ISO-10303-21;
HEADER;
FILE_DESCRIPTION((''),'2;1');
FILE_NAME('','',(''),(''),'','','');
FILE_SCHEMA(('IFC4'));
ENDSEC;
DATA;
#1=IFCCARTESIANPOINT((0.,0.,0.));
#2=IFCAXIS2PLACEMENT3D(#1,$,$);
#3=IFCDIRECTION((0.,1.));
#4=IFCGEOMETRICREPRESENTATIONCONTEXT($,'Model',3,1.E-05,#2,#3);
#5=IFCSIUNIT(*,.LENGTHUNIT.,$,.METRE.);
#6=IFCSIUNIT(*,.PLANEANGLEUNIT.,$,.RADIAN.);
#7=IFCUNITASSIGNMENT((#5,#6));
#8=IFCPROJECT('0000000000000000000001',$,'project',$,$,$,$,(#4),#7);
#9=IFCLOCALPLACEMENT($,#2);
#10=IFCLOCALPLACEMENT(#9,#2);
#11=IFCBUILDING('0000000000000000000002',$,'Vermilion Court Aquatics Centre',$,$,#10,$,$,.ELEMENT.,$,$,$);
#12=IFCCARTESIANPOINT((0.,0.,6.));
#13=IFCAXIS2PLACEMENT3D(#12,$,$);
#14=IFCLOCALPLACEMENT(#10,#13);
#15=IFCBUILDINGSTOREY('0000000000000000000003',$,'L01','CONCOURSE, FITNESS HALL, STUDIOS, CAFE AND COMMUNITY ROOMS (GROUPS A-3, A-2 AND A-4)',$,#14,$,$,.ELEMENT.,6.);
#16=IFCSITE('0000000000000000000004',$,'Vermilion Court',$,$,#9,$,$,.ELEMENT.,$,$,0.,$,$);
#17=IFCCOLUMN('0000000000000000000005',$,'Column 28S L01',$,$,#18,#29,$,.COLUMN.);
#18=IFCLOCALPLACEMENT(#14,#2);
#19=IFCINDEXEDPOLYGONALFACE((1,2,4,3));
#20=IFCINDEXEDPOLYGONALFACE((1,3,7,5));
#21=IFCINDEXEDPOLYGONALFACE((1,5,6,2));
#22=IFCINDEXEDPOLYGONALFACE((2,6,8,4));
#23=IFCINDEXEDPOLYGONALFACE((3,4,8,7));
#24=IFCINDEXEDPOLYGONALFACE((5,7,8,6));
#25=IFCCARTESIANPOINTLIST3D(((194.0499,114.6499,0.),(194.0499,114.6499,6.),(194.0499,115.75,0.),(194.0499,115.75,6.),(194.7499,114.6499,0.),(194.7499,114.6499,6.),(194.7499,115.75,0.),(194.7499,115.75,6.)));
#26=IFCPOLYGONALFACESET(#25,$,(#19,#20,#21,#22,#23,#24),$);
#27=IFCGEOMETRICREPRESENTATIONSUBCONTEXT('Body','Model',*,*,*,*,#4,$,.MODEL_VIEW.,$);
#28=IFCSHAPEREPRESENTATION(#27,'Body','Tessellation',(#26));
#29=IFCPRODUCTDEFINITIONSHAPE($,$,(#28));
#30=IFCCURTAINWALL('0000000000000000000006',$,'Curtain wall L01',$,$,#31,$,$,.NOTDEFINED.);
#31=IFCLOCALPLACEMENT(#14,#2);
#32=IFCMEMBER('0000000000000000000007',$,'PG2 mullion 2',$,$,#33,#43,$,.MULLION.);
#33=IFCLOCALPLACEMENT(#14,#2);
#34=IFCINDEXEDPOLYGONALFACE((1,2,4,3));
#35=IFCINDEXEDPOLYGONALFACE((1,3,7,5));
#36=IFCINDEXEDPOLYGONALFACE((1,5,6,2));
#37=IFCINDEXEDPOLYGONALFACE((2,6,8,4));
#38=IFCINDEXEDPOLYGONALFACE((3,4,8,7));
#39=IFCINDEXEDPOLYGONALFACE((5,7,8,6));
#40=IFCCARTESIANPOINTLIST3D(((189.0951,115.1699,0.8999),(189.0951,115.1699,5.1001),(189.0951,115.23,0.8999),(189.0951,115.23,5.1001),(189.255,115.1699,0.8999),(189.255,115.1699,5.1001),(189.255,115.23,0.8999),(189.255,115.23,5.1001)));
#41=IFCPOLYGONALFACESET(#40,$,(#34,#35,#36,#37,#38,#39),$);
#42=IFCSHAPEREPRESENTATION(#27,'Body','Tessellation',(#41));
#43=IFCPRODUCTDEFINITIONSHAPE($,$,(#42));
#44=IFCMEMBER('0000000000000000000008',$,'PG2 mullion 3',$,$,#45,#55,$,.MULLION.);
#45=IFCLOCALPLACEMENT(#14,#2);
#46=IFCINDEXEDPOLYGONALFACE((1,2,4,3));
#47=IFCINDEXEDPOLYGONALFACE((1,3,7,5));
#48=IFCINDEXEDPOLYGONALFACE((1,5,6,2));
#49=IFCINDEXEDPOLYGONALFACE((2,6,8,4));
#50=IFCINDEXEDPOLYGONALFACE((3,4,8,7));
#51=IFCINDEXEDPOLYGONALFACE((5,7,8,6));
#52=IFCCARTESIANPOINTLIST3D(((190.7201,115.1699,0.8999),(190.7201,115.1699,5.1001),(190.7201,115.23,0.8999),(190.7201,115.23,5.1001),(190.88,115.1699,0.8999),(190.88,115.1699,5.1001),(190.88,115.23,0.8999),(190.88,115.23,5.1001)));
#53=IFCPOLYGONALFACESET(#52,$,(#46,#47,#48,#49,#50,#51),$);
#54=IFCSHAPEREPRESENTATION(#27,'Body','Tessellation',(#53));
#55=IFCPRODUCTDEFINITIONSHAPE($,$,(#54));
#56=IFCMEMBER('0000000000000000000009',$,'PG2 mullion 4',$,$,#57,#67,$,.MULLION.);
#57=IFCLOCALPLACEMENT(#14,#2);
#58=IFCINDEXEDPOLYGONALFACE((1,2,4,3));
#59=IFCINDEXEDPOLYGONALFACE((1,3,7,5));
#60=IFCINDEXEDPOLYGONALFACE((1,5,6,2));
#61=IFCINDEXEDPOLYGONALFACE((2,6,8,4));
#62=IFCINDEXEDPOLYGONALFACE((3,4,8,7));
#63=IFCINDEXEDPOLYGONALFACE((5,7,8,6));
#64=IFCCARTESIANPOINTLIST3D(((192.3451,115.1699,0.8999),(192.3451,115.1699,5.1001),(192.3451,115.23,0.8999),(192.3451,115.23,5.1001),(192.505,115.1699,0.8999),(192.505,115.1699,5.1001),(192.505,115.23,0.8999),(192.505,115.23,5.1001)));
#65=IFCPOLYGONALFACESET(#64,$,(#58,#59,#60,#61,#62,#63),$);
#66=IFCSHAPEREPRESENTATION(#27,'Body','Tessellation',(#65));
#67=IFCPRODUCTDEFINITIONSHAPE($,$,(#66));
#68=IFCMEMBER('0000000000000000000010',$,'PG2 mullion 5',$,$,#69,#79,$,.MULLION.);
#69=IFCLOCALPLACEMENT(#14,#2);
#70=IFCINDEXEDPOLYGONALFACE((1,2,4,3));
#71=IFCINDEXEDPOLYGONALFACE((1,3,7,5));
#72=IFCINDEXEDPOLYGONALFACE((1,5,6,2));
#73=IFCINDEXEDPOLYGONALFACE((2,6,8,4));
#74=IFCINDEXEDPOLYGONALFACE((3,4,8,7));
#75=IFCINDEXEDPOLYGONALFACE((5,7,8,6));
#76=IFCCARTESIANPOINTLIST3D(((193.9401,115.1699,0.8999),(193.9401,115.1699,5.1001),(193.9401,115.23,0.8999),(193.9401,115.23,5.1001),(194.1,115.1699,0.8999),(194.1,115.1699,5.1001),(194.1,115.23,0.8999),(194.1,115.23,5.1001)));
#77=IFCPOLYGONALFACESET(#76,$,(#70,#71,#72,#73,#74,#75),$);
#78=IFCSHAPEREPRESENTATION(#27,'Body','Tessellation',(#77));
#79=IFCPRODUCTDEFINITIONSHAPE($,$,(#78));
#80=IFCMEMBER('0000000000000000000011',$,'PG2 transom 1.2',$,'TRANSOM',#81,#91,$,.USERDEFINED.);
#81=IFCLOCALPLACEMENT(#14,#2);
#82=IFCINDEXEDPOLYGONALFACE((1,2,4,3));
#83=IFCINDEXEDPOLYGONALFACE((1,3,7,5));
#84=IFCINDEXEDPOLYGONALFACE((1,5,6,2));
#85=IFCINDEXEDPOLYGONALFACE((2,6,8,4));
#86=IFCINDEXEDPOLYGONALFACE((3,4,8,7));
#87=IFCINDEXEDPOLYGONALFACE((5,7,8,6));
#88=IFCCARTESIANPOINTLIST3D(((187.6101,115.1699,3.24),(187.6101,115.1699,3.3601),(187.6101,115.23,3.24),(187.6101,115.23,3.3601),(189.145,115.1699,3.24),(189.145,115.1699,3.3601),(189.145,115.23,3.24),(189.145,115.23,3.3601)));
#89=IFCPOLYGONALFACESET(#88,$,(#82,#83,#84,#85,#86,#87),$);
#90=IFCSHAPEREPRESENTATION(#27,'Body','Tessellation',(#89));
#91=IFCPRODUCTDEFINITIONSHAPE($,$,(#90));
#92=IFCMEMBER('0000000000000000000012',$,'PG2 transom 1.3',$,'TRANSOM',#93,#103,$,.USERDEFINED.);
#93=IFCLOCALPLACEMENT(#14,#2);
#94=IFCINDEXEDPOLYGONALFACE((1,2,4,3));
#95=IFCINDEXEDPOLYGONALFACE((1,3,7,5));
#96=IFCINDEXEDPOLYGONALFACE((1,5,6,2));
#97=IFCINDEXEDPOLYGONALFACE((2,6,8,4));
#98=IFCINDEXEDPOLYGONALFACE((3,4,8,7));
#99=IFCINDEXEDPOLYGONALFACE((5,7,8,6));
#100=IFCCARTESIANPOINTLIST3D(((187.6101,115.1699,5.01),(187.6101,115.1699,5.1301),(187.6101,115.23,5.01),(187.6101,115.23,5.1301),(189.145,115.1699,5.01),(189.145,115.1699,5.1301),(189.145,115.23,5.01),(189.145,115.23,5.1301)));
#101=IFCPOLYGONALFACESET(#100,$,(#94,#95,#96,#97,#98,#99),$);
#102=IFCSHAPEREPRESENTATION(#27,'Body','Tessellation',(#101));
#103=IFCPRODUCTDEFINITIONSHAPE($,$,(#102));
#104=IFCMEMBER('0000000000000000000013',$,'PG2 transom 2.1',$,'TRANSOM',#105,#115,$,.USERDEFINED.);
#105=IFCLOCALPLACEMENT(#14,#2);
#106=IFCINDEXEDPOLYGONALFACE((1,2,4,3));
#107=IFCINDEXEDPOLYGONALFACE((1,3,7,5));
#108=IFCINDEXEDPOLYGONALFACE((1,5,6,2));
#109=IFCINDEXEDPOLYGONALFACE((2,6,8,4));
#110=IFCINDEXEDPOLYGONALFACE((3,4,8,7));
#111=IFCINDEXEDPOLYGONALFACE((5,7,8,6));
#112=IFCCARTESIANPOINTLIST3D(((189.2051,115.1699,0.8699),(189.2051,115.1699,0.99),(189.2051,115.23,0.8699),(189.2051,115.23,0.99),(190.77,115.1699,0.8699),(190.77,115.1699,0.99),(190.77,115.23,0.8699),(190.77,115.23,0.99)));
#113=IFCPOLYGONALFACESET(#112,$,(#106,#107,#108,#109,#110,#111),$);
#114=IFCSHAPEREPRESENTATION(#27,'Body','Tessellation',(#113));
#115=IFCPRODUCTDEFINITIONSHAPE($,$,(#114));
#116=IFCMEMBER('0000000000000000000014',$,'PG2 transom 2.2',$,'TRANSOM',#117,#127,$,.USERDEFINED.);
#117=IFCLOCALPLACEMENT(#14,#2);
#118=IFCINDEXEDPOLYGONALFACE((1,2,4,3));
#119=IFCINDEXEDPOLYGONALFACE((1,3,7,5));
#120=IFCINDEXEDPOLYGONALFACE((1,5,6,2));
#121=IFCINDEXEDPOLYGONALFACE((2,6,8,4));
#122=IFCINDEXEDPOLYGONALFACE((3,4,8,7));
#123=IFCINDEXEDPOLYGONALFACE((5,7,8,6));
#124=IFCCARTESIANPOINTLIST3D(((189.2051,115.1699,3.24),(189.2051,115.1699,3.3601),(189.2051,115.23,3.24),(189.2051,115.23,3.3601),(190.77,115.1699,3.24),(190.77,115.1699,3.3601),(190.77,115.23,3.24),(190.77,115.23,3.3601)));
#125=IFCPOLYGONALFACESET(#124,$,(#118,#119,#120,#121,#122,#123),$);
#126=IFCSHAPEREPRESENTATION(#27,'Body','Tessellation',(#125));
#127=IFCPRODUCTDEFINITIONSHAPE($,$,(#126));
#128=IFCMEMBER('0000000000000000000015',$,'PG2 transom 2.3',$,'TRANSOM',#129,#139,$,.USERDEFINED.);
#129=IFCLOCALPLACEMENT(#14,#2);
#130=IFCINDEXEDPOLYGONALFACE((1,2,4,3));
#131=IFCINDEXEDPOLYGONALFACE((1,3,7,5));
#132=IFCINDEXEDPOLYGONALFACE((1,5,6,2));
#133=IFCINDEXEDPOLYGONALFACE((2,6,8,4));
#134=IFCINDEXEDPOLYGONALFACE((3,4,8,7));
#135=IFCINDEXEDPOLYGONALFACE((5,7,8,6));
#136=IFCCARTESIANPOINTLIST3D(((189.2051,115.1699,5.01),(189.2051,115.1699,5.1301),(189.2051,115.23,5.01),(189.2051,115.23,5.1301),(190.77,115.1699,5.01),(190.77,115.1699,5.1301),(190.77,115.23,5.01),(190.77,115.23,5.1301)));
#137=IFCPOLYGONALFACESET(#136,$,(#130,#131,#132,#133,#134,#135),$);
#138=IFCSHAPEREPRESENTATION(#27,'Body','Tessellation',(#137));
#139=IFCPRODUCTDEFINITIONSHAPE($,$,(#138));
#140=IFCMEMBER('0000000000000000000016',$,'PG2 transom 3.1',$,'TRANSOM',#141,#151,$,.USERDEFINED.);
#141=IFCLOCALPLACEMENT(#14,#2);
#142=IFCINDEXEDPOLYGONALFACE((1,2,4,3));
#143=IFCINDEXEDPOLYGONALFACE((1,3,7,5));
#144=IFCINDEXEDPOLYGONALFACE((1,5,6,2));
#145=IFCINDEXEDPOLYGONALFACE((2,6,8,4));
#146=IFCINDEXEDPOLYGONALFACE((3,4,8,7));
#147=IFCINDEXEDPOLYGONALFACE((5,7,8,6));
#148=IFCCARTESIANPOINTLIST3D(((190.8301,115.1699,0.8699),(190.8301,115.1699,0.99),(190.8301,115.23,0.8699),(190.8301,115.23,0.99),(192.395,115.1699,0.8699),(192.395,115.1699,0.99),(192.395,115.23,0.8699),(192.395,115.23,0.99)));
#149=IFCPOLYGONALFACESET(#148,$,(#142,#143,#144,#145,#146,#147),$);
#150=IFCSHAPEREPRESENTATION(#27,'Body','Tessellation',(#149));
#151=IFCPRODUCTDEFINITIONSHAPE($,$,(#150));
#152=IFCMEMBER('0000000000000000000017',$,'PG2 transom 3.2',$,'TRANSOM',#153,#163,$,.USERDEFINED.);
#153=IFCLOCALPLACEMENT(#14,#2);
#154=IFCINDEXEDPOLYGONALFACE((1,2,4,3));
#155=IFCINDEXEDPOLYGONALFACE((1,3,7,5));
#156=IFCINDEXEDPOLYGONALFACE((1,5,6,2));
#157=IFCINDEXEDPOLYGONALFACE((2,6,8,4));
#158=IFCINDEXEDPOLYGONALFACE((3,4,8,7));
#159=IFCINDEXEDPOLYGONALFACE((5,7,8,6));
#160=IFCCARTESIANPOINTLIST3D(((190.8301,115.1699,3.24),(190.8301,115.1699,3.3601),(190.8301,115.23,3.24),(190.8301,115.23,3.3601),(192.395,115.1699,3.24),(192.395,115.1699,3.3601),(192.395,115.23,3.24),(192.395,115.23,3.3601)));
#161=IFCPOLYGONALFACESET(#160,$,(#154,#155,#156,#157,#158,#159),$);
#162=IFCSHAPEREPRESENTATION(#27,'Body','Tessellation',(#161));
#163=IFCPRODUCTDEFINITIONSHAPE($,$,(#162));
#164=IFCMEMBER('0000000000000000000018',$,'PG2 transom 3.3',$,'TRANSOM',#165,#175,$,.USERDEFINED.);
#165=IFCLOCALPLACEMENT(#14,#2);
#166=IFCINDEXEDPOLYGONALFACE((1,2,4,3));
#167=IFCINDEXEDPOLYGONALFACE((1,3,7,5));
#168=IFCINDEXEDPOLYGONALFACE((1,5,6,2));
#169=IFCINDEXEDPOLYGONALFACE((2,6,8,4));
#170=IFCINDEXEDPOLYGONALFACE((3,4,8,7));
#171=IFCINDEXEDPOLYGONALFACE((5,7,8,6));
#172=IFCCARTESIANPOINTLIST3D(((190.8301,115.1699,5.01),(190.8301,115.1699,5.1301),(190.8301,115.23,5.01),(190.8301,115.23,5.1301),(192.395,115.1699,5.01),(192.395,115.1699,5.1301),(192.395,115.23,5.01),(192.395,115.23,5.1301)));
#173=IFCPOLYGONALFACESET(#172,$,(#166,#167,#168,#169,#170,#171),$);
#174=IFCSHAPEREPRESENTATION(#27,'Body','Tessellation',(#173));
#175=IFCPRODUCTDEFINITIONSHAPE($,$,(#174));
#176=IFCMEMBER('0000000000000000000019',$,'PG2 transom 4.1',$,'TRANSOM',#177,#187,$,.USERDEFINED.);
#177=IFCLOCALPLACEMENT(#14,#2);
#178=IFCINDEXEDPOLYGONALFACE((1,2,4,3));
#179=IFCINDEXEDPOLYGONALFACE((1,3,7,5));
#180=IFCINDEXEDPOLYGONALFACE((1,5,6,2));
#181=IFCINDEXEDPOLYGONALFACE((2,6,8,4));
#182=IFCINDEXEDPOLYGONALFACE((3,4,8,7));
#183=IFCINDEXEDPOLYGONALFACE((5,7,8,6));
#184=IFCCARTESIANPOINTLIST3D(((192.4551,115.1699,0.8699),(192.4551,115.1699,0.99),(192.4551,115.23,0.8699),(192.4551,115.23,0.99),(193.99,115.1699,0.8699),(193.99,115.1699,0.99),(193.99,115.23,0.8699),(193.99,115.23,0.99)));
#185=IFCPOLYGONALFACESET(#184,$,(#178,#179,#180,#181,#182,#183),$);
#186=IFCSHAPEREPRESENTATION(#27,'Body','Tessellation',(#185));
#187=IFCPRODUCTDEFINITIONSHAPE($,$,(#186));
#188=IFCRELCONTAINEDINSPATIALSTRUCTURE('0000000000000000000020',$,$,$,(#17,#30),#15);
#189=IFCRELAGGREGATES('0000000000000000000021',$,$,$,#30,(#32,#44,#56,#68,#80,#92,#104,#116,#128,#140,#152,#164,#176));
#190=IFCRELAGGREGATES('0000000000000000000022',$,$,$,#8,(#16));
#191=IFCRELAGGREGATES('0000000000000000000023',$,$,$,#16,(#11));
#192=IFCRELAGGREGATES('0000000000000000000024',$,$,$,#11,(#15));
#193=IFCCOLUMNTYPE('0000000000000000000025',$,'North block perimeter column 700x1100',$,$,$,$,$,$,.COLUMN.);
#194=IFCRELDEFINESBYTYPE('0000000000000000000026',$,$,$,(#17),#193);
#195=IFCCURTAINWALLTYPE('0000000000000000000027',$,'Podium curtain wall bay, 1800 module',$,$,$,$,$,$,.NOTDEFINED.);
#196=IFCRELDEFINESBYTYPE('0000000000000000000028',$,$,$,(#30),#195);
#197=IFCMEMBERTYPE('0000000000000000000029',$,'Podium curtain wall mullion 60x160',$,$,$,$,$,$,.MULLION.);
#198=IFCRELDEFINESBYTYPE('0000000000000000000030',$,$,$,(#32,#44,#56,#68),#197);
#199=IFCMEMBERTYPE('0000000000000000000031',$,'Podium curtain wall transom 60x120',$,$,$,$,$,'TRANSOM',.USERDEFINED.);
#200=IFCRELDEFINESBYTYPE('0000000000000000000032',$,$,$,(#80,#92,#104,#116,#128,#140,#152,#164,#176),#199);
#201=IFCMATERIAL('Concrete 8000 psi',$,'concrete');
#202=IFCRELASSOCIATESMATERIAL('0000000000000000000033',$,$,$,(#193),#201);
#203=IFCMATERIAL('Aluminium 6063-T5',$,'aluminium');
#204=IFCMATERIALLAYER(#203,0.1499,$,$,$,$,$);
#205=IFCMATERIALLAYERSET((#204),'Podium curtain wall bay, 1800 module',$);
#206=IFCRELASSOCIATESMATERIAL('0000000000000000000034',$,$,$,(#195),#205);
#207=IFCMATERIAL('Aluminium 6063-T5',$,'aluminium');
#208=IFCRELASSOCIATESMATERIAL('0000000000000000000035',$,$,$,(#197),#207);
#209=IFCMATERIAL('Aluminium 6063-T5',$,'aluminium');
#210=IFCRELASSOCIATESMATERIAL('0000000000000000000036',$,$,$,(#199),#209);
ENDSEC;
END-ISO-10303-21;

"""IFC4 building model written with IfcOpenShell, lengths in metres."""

from ifc_helpers import new_model, si_unit, direction, frame, origin, origin_2d, place, context, subcontext, project, spatial, rectangle, extrude, material, layer, layer_set, material_profile, profile_set, type_object, element, aggregate, save


model = new_model("IFC4")

# Units and contexts
model_context = context("Model", 3, precision=1e-05, world=origin(), true_north=direction((0.0, 1.0)))
body_context = subcontext(model_context, "Body", "Model", "MODEL_VIEW")
ifc_project = project(units=[si_unit("LENGTHUNIT", "METRE"), si_unit("PLANEANGLEUNIT", "RADIAN")], contexts=[model_context])

# Site, building, storey
site_placement = place(None, origin())
site = spatial("IfcSite", under=ifc_project, at=site_placement, Name="Vermilion Court", CompositionType="ELEMENT", RefElevation=0.0)
building_placement = place(site_placement, origin())
building = spatial("IfcBuilding", under=site, at=building_placement, Name="Vermilion Court Aquatics Centre", CompositionType="ELEMENT")
storey_placement = place(building_placement, frame((0.0, 0.0, 6.0)))
storey = spatial("IfcBuildingStorey", under=building, at=storey_placement, Name="L01", Description="CONCOURSE, FITNESS HALL, STUDIOS, CAFE AND COMMUNITY ROOMS (GROUPS A-3, A-2 AND A-4)", CompositionType="ELEMENT", Elevation=6.0)

# Column
ifc_material_1 = material(Name="Concrete 8000 psi", Category="concrete")
ifc_material_profile_1 = material_profile(ifc_material_1, rectangle(XDim=0.7, YDim=1.1001, at=origin_2d()), Name="RC 700x1100")
ifc_profile_set_1 = profile_set([ifc_material_profile_1], Name="Concrete 8000 psi")
column_type = type_object("IfcColumnType", Name="North block perimeter column 700x1100", PredefinedType="COLUMN", material=ifc_profile_set_1)
column_placement = place(storey_placement, frame((194.3999, 115.2, 0.0), z_axis=(0.0, 0.0, 1.0), x_axis=(1.0, 0.0, 0.0)))
element("IfcColumn", 1, at=column_placement, inside=storey, type_object=column_type, Name="Column 28S L01", PredefinedType="COLUMN", context=body_context, shape_type="SweptSolid", body=[
    extrude(rectangle(XDim=0.7, YDim=1.1001, at=origin_2d()), origin(), (0.0, 0.0, 1.0), 6.0),
])

# Curtain wall, members
ifc_material_2 = material(Name="Aluminium 6063-T5", Category="aluminium")
ifc_layer_1 = layer(ifc_material_2, 0.1499)
ifc_layer_set_1 = layer_set([ifc_layer_1], Name="Podium curtain wall bay, 1800 module")
curtain_wall_type = type_object("IfcCurtainWallType", Name="Podium curtain wall bay, 1800 module", PredefinedType="NOTDEFINED", material=ifc_layer_set_1)
curtain_wall_placement = place(storey_placement, origin())
curtain_wall = element("IfcCurtainWall", 2, at=curtain_wall_placement, inside=storey, type_object=curtain_wall_type, Name="Curtain wall L01", PredefinedType="NOTDEFINED")
ifc_material_3 = material(Name="Aluminium 6063-T5", Category="aluminium")
ifc_material_profile_2 = material_profile(ifc_material_3, rectangle(XDim=0.0601, YDim=0.1599, at=origin_2d()), Name="Mullion 60x160")
ifc_profile_set_2 = profile_set([ifc_material_profile_2], Name="Aluminium 6063-T5")
member_type_1 = type_object("IfcMemberType", Name="Podium curtain wall mullion 60x160", PredefinedType="MULLION", material=ifc_profile_set_2)
member_1_placement = place(storey_placement, frame((189.175, 115.2, 0.8999), z_axis=(0.0, 0.0, 1.0), x_axis=(0.0, 1.0, 0.0)))
member_1 = element("IfcMember", 3, at=member_1_placement, type_object=member_type_1, Name="PG2 mullion 2", PredefinedType="MULLION", context=body_context, shape_type="SweptSolid", body=[
    extrude(rectangle(XDim=0.0601, YDim=0.1599, at=origin_2d()), origin(), (0.0, 0.0, 1.0), 4.2002),
])
member_2_placement = place(storey_placement, frame((190.8, 115.2, 0.8999), z_axis=(0.0, 0.0, 1.0), x_axis=(0.0, 1.0, 0.0)))
member_2 = element("IfcMember", 4, at=member_2_placement, type_object=member_type_1, Name="PG2 mullion 3", PredefinedType="MULLION", context=body_context, shape_type="SweptSolid", body=[
    extrude(rectangle(XDim=0.0601, YDim=0.1599, at=origin_2d()), origin(), (0.0, 0.0, 1.0), 4.2002),
])
member_3_placement = place(storey_placement, frame((192.425, 115.2, 0.8999), z_axis=(0.0, 0.0, 1.0), x_axis=(0.0, 1.0, 0.0)))
member_3 = element("IfcMember", 5, at=member_3_placement, type_object=member_type_1, Name="PG2 mullion 4", PredefinedType="MULLION", context=body_context, shape_type="SweptSolid", body=[
    extrude(rectangle(XDim=0.0601, YDim=0.1599, at=origin_2d()), origin(), (0.0, 0.0, 1.0), 4.2002),
])
member_4_placement = place(storey_placement, frame((194.02, 115.2, 0.8999), z_axis=(0.0, 0.0, 1.0), x_axis=(0.0, 1.0, 0.0)))
member_4 = element("IfcMember", 6, at=member_4_placement, type_object=member_type_1, Name="PG2 mullion 5", PredefinedType="MULLION", context=body_context, shape_type="SweptSolid", body=[
    extrude(rectangle(XDim=0.0601, YDim=0.1599, at=origin_2d()), origin(), (0.0, 0.0, 1.0), 4.2002),
])
ifc_material_4 = material(Name="Aluminium 6063-T5", Category="aluminium")
ifc_material_profile_3 = material_profile(ifc_material_4, rectangle(XDim=0.0601, YDim=0.1201, at=origin_2d()), Name="Transom 60x120")
ifc_profile_set_3 = profile_set([ifc_material_profile_3], Name="Aluminium 6063-T5")
member_type_2 = type_object("IfcMemberType", Name="Podium curtain wall transom 60x120", ElementType="TRANSOM", PredefinedType="USERDEFINED", material=ifc_profile_set_3)
member_5_placement = place(storey_placement, frame((187.6101, 115.2, 3.3), z_axis=(1.0, 0.0, 0.0), x_axis=(0.0, 1.0, 0.0)))
member_5 = element("IfcMember", 7, at=member_5_placement, type_object=member_type_2, Name="PG2 transom 1.2", ObjectType="TRANSOM", PredefinedType="USERDEFINED", context=body_context, shape_type="SweptSolid", body=[
    extrude(rectangle(XDim=0.0601, YDim=0.1201, at=origin_2d()), origin(), (0.0, 0.0, 1.0), 1.5349),
])
member_6_placement = place(storey_placement, frame((187.6101, 115.2, 5.0701), z_axis=(1.0, 0.0, 0.0), x_axis=(0.0, 1.0, 0.0)))
member_6 = element("IfcMember", 8, at=member_6_placement, type_object=member_type_2, Name="PG2 transom 1.3", ObjectType="TRANSOM", PredefinedType="USERDEFINED", context=body_context, shape_type="SweptSolid", body=[
    extrude(rectangle(XDim=0.0601, YDim=0.1201, at=origin_2d()), origin(), (0.0, 0.0, 1.0), 1.5349),
])
member_7_placement = place(storey_placement, frame((189.2051, 115.2, 0.9299), z_axis=(1.0, 0.0, 0.0), x_axis=(0.0, 1.0, 0.0)))
member_7 = element("IfcMember", 9, at=member_7_placement, type_object=member_type_2, Name="PG2 transom 2.1", ObjectType="TRANSOM", PredefinedType="USERDEFINED", context=body_context, shape_type="SweptSolid", body=[
    extrude(rectangle(XDim=0.0601, YDim=0.1201, at=origin_2d()), origin(), (0.0, 0.0, 1.0), 1.5649),
])
member_8_placement = place(storey_placement, frame((189.2051, 115.2, 3.3), z_axis=(1.0, 0.0, 0.0), x_axis=(0.0, 1.0, 0.0)))
member_8 = element("IfcMember", 10, at=member_8_placement, type_object=member_type_2, Name="PG2 transom 2.2", ObjectType="TRANSOM", PredefinedType="USERDEFINED", context=body_context, shape_type="SweptSolid", body=[
    extrude(rectangle(XDim=0.0601, YDim=0.1201, at=origin_2d()), origin(), (0.0, 0.0, 1.0), 1.5649),
])
member_9_placement = place(storey_placement, frame((189.2051, 115.2, 5.0701), z_axis=(1.0, 0.0, 0.0), x_axis=(0.0, 1.0, 0.0)))
member_9 = element("IfcMember", 11, at=member_9_placement, type_object=member_type_2, Name="PG2 transom 2.3", ObjectType="TRANSOM", PredefinedType="USERDEFINED", context=body_context, shape_type="SweptSolid", body=[
    extrude(rectangle(XDim=0.0601, YDim=0.1201, at=origin_2d()), origin(), (0.0, 0.0, 1.0), 1.5649),
])
member_10_placement = place(storey_placement, frame((190.8301, 115.2, 0.9299), z_axis=(1.0, 0.0, 0.0), x_axis=(0.0, 1.0, 0.0)))
member_10 = element("IfcMember", 12, at=member_10_placement, type_object=member_type_2, Name="PG2 transom 3.1", ObjectType="TRANSOM", PredefinedType="USERDEFINED", context=body_context, shape_type="SweptSolid", body=[
    extrude(rectangle(XDim=0.0601, YDim=0.1201, at=origin_2d()), origin(), (0.0, 0.0, 1.0), 1.5649),
])
member_11_placement = place(storey_placement, frame((190.8301, 115.2, 3.3), z_axis=(1.0, 0.0, 0.0), x_axis=(0.0, 1.0, 0.0)))
member_11 = element("IfcMember", 13, at=member_11_placement, type_object=member_type_2, Name="PG2 transom 3.2", ObjectType="TRANSOM", PredefinedType="USERDEFINED", context=body_context, shape_type="SweptSolid", body=[
    extrude(rectangle(XDim=0.0601, YDim=0.1201, at=origin_2d()), origin(), (0.0, 0.0, 1.0), 1.5649),
])
member_12_placement = place(storey_placement, frame((190.8301, 115.2, 5.0701), z_axis=(1.0, 0.0, 0.0), x_axis=(0.0, 1.0, 0.0)))
member_12 = element("IfcMember", 14, at=member_12_placement, type_object=member_type_2, Name="PG2 transom 3.3", ObjectType="TRANSOM", PredefinedType="USERDEFINED", context=body_context, shape_type="SweptSolid", body=[
    extrude(rectangle(XDim=0.0601, YDim=0.1201, at=origin_2d()), origin(), (0.0, 0.0, 1.0), 1.5649),
])
member_13_placement = place(storey_placement, frame((192.4551, 115.2, 0.9299), z_axis=(1.0, 0.0, 0.0), x_axis=(0.0, 1.0, 0.0)))
member_13 = element("IfcMember", 15, at=member_13_placement, type_object=member_type_2, Name="PG2 transom 4.1", ObjectType="TRANSOM", PredefinedType="USERDEFINED", context=body_context, shape_type="SweptSolid", body=[
    extrude(rectangle(XDim=0.0601, YDim=0.1201, at=origin_2d()), origin(), (0.0, 0.0, 1.0), 1.5349),
])
aggregate(curtain_wall, [member_1, member_2, member_3, member_4, member_5, member_6, member_7, member_8, member_9, member_10, member_11, member_12, member_13])

save(model, "model.ifc")
